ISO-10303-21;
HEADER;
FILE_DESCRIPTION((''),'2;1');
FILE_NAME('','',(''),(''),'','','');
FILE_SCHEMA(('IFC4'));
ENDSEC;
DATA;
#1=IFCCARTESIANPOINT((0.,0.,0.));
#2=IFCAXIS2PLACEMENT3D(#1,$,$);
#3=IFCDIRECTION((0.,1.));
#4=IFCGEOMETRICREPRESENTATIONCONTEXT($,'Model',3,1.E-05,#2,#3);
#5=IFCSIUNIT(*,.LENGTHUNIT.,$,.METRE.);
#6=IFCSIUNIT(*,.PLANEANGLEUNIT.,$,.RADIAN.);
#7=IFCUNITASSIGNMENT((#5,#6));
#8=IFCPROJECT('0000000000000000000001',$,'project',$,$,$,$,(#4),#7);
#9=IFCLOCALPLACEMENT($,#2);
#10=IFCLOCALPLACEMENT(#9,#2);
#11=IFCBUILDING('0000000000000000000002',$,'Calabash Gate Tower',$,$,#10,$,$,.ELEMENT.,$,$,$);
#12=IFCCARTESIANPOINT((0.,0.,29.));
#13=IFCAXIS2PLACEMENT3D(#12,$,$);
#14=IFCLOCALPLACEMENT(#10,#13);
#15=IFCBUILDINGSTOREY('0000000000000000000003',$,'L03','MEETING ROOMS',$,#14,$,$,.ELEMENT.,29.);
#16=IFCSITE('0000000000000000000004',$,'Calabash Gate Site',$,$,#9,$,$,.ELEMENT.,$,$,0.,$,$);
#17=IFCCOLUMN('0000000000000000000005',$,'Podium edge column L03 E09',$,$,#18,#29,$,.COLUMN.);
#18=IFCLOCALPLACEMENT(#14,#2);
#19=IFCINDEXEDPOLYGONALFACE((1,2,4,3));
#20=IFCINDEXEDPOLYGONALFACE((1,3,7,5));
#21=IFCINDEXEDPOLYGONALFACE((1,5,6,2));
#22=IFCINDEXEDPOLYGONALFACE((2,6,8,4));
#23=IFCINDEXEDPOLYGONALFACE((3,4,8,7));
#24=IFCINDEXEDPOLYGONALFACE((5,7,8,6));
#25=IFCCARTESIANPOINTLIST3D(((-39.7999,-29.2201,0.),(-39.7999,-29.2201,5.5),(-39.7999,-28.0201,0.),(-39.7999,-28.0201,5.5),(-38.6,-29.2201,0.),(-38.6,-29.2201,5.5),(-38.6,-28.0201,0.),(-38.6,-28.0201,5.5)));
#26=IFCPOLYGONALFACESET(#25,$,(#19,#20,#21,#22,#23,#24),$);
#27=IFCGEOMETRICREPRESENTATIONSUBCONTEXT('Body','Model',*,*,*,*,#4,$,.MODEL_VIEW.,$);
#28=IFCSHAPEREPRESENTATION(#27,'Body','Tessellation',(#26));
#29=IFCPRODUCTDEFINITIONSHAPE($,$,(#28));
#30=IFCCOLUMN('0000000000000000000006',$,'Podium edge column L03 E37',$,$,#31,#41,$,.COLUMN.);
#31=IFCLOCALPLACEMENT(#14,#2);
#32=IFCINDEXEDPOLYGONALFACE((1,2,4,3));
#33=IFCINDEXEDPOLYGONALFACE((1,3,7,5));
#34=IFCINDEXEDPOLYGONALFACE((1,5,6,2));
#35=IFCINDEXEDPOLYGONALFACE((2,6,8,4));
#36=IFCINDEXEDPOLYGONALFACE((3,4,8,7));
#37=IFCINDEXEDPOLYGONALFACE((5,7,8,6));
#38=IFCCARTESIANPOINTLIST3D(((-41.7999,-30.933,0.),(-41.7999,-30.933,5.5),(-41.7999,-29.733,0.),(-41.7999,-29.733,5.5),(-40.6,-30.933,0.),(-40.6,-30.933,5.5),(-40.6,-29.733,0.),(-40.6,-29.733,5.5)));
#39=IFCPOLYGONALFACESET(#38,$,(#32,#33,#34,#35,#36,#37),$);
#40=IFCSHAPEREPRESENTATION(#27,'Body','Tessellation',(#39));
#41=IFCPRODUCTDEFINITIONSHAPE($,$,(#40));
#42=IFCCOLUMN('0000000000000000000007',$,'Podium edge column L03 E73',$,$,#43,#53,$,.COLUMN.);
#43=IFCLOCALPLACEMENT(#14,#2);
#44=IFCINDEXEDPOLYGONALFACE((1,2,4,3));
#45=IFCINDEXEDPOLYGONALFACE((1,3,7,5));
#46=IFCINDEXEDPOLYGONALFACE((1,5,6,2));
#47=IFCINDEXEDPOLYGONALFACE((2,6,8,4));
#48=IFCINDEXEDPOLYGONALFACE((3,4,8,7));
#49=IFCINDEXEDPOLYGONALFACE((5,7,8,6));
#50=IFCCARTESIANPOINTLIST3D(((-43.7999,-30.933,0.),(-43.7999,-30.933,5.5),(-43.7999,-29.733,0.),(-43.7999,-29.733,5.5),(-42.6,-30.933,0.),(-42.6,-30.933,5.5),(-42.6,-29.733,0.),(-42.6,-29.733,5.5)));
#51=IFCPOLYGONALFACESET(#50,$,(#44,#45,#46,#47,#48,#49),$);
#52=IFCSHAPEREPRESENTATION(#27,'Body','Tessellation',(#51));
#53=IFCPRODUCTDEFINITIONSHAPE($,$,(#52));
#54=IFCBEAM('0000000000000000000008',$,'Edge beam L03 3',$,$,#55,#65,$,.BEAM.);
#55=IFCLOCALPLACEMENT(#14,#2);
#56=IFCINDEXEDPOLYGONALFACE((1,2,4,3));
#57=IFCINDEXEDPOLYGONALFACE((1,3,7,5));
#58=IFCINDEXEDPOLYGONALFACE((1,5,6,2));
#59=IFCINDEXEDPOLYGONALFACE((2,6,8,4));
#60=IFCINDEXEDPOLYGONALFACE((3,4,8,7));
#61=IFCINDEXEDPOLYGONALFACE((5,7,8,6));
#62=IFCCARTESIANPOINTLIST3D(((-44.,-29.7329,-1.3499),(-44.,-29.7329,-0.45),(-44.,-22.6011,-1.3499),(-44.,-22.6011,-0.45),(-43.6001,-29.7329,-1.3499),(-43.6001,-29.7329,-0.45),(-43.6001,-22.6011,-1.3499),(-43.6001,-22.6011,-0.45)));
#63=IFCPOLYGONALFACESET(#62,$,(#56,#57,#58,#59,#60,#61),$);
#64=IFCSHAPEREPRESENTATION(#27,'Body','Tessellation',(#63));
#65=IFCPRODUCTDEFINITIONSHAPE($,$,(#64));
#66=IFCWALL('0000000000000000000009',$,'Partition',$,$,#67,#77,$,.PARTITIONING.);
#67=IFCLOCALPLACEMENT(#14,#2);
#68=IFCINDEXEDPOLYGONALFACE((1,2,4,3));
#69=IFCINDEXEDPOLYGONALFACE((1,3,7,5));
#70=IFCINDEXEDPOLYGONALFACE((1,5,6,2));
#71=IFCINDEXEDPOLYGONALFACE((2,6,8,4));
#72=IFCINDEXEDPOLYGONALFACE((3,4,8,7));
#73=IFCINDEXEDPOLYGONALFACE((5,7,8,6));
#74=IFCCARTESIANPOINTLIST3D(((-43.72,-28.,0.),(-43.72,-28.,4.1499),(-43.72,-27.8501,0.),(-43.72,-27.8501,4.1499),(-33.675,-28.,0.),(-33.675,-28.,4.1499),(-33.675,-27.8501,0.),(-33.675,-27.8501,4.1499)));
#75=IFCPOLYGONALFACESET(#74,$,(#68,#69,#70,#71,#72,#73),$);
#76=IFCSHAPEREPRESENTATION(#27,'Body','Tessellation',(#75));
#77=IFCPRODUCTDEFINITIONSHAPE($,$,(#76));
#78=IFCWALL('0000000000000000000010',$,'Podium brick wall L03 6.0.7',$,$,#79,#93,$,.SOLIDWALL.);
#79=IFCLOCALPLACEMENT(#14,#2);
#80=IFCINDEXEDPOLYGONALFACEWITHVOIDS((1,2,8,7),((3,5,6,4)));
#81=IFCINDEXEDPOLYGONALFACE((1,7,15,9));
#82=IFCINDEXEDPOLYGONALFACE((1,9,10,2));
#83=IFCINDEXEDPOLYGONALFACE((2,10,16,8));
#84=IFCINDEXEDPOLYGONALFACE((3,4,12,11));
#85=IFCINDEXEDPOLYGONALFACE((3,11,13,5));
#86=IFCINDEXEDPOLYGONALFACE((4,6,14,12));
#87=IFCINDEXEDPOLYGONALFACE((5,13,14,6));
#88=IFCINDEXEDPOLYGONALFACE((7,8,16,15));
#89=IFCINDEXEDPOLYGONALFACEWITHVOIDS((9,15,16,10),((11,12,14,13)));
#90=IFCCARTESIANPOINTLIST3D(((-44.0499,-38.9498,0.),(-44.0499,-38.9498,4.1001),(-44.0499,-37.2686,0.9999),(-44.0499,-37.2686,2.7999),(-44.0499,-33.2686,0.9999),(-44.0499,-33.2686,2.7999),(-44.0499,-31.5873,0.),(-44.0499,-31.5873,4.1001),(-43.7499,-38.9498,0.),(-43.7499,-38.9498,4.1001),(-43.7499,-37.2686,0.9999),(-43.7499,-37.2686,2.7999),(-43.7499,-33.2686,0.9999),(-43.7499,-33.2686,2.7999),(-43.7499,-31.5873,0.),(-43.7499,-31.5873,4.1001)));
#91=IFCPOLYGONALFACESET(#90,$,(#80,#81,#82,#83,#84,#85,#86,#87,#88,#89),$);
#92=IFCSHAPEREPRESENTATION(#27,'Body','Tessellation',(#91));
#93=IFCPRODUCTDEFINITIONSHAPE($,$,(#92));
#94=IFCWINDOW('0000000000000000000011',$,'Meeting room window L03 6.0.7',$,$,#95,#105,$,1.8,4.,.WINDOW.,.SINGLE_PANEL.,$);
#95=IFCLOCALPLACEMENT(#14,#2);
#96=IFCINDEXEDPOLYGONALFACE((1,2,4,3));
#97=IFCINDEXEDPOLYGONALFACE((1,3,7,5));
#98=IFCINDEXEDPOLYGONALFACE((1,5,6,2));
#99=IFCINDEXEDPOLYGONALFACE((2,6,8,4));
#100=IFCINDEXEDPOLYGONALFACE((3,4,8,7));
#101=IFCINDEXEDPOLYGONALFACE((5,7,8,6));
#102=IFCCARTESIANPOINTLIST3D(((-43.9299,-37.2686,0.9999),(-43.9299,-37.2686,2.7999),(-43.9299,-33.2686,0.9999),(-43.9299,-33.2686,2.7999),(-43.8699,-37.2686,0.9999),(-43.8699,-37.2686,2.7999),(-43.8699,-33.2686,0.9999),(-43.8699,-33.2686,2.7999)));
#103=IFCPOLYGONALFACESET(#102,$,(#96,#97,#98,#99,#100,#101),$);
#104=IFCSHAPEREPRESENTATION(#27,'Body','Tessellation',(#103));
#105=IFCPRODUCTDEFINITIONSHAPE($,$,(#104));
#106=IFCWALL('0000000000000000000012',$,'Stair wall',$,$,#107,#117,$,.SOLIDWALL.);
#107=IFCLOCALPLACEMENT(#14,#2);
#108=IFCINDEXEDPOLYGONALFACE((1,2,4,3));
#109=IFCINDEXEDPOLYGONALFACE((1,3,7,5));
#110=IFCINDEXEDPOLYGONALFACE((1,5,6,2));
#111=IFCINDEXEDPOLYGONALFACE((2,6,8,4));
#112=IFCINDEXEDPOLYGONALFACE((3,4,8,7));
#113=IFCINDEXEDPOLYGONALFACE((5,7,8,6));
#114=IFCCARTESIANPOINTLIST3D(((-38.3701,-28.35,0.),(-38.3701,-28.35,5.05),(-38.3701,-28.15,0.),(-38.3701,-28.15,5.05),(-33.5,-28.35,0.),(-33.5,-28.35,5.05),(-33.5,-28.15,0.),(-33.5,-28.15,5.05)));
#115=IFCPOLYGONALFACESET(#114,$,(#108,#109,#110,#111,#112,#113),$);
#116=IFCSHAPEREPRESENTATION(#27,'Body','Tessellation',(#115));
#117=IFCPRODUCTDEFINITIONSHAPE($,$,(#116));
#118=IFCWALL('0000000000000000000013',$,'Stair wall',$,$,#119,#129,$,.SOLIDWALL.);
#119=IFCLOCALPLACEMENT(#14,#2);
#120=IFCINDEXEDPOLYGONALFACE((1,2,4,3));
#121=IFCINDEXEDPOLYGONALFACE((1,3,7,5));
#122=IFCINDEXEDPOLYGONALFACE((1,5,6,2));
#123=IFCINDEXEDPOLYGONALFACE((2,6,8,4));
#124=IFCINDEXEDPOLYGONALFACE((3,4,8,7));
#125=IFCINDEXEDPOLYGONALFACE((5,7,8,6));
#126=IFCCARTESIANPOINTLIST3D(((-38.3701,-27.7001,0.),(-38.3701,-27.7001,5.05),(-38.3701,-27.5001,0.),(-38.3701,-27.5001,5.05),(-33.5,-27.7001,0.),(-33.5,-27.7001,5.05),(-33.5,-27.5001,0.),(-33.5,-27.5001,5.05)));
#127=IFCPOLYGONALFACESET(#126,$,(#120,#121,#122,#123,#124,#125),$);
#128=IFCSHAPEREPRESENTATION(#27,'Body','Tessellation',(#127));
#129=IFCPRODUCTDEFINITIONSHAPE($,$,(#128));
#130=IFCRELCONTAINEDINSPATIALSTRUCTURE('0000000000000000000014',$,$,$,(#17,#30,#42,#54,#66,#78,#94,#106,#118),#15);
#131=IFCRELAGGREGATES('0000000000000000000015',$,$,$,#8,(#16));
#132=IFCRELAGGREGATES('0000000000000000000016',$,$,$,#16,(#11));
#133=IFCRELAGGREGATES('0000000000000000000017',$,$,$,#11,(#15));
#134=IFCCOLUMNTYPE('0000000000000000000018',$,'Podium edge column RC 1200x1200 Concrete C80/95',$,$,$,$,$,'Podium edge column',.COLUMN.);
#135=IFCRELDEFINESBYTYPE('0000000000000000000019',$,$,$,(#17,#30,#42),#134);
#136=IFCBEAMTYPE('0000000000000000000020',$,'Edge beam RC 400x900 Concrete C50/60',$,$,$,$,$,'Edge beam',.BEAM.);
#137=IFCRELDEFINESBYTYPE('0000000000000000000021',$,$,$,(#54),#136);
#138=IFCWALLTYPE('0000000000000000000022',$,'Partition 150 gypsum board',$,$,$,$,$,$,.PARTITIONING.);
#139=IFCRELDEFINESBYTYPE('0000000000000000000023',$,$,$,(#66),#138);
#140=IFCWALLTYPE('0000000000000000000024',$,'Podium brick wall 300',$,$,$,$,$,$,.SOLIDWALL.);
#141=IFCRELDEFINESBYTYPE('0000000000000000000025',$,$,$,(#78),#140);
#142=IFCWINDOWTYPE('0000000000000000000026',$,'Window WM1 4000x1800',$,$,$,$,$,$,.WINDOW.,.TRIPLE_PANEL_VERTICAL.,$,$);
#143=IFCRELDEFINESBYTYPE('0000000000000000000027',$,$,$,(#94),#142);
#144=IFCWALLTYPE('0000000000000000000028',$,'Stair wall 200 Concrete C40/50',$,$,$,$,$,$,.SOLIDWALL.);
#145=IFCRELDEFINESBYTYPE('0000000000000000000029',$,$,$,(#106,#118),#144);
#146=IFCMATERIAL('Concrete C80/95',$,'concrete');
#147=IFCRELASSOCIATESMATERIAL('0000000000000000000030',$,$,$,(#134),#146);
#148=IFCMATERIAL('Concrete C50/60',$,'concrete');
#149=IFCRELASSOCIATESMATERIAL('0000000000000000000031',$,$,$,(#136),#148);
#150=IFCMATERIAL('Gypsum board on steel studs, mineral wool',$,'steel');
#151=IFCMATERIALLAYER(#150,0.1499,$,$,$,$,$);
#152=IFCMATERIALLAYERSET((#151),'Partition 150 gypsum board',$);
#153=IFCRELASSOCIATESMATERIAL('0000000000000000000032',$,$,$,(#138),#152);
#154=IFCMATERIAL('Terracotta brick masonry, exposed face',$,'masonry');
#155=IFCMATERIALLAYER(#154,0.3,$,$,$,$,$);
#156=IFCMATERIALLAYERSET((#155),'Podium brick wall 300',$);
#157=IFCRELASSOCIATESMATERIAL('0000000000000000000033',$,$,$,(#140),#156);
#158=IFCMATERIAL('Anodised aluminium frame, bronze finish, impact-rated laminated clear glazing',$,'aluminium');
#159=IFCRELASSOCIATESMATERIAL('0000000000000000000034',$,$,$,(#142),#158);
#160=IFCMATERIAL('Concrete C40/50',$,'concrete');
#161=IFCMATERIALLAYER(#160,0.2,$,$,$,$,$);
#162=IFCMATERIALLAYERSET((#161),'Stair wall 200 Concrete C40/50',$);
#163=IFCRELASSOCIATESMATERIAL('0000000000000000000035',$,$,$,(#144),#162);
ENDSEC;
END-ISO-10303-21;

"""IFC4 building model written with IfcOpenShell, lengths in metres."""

from ifc_helpers import new_model, si_unit, direction, frame, frame_2d, origin, origin_2d, place, context, subcontext, project, spatial, rectangle, extrude, material, layer, layer_set, material_profile, profile_set, type_object, element, fill, save


model = new_model("IFC4")

# Units and contexts
model_context = context("Model", 3, precision=1e-05, world=origin(), true_north=direction((0.0, 1.0)))
body_context = subcontext(model_context, "Body", "Model", "MODEL_VIEW")
ifc_project = project(units=[si_unit("LENGTHUNIT", "METRE"), si_unit("PLANEANGLEUNIT", "RADIAN")], contexts=[model_context])

# Site, building, storey
site_placement = place(None, origin())
site = spatial("IfcSite", under=ifc_project, at=site_placement, Name="Calabash Gate Site", CompositionType="ELEMENT", RefElevation=0.0)
building_placement = place(site_placement, origin())
building = spatial("IfcBuilding", under=site, at=building_placement, Name="Calabash Gate Tower", CompositionType="ELEMENT")
storey_placement = place(building_placement, frame((0.0, 0.0, 29.0)))
storey = spatial("IfcBuildingStorey", under=building, at=storey_placement, Name="L03", Description="MEETING ROOMS", CompositionType="ELEMENT", Elevation=29.0)

# Columns
ifc_material_1 = material(Name="Concrete C80/95", Category="concrete")
ifc_material_profile_1 = material_profile(ifc_material_1, rectangle(XDim=1.2, YDim=1.2, at=origin_2d()))
ifc_profile_set_1 = profile_set([ifc_material_profile_1], Name="Concrete C80/95")
column_type = type_object("IfcColumnType", Name="Podium edge column RC 1200x1200 Concrete C80/95", ElementType="Podium edge column", PredefinedType="COLUMN", material=ifc_profile_set_1)
for number, where, z_axis, x_axis, name in (
    (1, (-39.2, -28.6201, 0.0), (0.0, 0.0, 1.0), (1.0, 0.0, 0.0), "Podium edge column L03 E09"),
    (2, (-41.2, -30.333, 0.0), (0.0, 0.0, 1.0), (1.0, 0.0, 0.0), "Podium edge column L03 E37"),
    (3, (-43.2, -30.333, 0.0), (0.0, 0.0, 1.0), (1.0, 0.0, 0.0), "Podium edge column L03 E73"),
):
    element("IfcColumn", number, at=place(storey_placement, frame(where, z_axis=z_axis, x_axis=x_axis)), inside=storey, type_object=column_type, Name=name, PredefinedType="COLUMN", context=body_context, shape_type="SweptSolid", body=[
        extrude(rectangle(XDim=1.2, YDim=1.2, at=origin_2d()), origin(), (0.0, 0.0, 1.0), 5.5),
    ])

# Beam
ifc_material_2 = material(Name="Concrete C50/60", Category="concrete")
ifc_material_profile_2 = material_profile(ifc_material_2, rectangle(XDim=0.3999, YDim=0.8999, at=origin_2d()))
ifc_profile_set_2 = profile_set([ifc_material_profile_2], Name="Concrete C50/60")
beam_type = type_object("IfcBeamType", Name="Edge beam RC 400x900 Concrete C50/60", ElementType="Edge beam", PredefinedType="BEAM", material=ifc_profile_set_2)
beam_placement = place(storey_placement, frame((-43.8, -29.7329, -0.8999), z_axis=(0.0, 1.0, 0.0), x_axis=(-1.0, 0.0, 0.0)))
element("IfcBeam", 4, at=beam_placement, inside=storey, type_object=beam_type, Name="Edge beam L03 3", PredefinedType="BEAM", context=body_context, shape_type="SweptSolid", body=[
    extrude(rectangle(XDim=0.3999, YDim=0.8999, at=origin_2d()), origin(), (0.0, 0.0, 1.0), 7.1318),
])

# Wall
ifc_material_3 = material(Name="Gypsum board on steel studs, mineral wool", Category="steel")
ifc_layer_1 = layer(ifc_material_3, 0.1499)
ifc_layer_set_1 = layer_set([ifc_layer_1], Name="Partition 150 gypsum board")
wall_type_1 = type_object("IfcWallType", Name="Partition 150 gypsum board", PredefinedType="PARTITIONING", material=ifc_layer_set_1)
wall_1_placement = place(storey_placement, frame((-43.72, -27.925, 0.0), z_axis=(0.0, 0.0, 1.0), x_axis=(1.0, 0.0, 0.0)))
element("IfcWall", 5, at=wall_1_placement, inside=storey, type_object=wall_type_1, Name="Partition", PredefinedType="PARTITIONING", context=body_context, shape_type="SweptSolid", body=[
    extrude(rectangle(XDim=10.0449, YDim=0.1499, at=frame_2d((5.0225, 0.0))), origin(), (0.0, 0.0, 1.0), 4.1499),
])

# Wall, opening, window
ifc_material_4 = material(Name="Terracotta brick masonry, exposed face", Category="masonry")
ifc_layer_2 = layer(ifc_material_4, 0.3)
ifc_layer_set_2 = layer_set([ifc_layer_2], Name="Podium brick wall 300")
wall_type_2 = type_object("IfcWallType", Name="Podium brick wall 300", PredefinedType="SOLIDWALL", material=ifc_layer_set_2)
wall_2_placement = place(storey_placement, frame((-43.8999, -31.5874, 0.0), z_axis=(0.0, 0.0, 1.0), x_axis=(0.0, -1.0, 0.0)))
wall_2 = element("IfcWall", 6, at=wall_2_placement, inside=storey, type_object=wall_type_2, Name="Podium brick wall L03 6.0.7", PredefinedType="SOLIDWALL", context=body_context, shape_type="SweptSolid", body=[
    extrude(rectangle(XDim=7.3625, YDim=0.3, at=frame_2d((3.6812, 0.0))), origin(), (0.0, 0.0, 1.0), 4.1001),
])
opening_1_placement = place(wall_2_placement, frame((1.6812, 0.0, 1.0)))
opening_1 = element("IfcOpeningElement", 7, at=opening_1_placement, cuts=wall_2, PredefinedType="OPENING", context=body_context, shape_type="SweptSolid", body=[
    extrude(rectangle(XDim=4.0, YDim=1.8, at=frame_2d((2.0, 0.8999))), frame((0.0, 0.1599, 0.0), z_axis=(0.0, -1.0, 0.0), x_axis=(1.0, 0.0, 0.0)), (0.0, 0.0, 1.0), 0.3201),
])
ifc_material_5 = material(Name="Anodised aluminium frame, bronze finish, impact-rated laminated clear glazing", Category="aluminium")
window_type = type_object("IfcWindowType", Name="Window WM1 4000x1800", PartitioningType="TRIPLE_PANEL_VERTICAL", PredefinedType="WINDOW", material=ifc_material_5)
window_placement = place(opening_1_placement, origin())
window = element("IfcWindow", 8, at=window_placement, inside=storey, type_object=window_type, Name="Meeting room window L03 6.0.7", OverallHeight=1.8, OverallWidth=4.0, PartitioningType="SINGLE_PANEL", PredefinedType="WINDOW", context=body_context, shape_type="SweptSolid", body=[
    extrude(rectangle(XDim=4.0, YDim=1.8, at=frame_2d((2.0, 0.8999))), frame((0.0, 0.03, 0.0), z_axis=(0.0, -1.0, 0.0), x_axis=(1.0, 0.0, 0.0)), (0.0, 0.0, 1.0), 0.0601),
])
fill(opening_1, window)

# Walls
ifc_material_6 = material(Name="Concrete C40/50", Category="concrete")
ifc_layer_3 = layer(ifc_material_6, 0.2)
ifc_layer_set_3 = layer_set([ifc_layer_3], Name="Stair wall 200 Concrete C40/50")
wall_type_3 = type_object("IfcWallType", Name="Stair wall 200 Concrete C40/50", PredefinedType="SOLIDWALL", material=ifc_layer_set_3)
for number, where, z_axis, x_axis, name in (
    (9, (-38.3701, -28.25, 0.0), (0.0, 0.0, 1.0), (1.0, 0.0, 0.0), "Stair wall"),
    (10, (-38.3701, -27.6001, 0.0), (0.0, 0.0, 1.0), (1.0, 0.0, 0.0), "Stair wall"),
):
    element("IfcWall", number, at=place(storey_placement, frame(where, z_axis=z_axis, x_axis=x_axis)), inside=storey, type_object=wall_type_3, Name=name, PredefinedType="SOLIDWALL", context=body_context, shape_type="SweptSolid", body=[
        extrude(rectangle(XDim=4.8701, YDim=0.2, at=frame_2d((2.4351, 0.0))), origin(), (0.0, 0.0, 1.0), 5.05),
    ])

save(model, "model.ifc")
